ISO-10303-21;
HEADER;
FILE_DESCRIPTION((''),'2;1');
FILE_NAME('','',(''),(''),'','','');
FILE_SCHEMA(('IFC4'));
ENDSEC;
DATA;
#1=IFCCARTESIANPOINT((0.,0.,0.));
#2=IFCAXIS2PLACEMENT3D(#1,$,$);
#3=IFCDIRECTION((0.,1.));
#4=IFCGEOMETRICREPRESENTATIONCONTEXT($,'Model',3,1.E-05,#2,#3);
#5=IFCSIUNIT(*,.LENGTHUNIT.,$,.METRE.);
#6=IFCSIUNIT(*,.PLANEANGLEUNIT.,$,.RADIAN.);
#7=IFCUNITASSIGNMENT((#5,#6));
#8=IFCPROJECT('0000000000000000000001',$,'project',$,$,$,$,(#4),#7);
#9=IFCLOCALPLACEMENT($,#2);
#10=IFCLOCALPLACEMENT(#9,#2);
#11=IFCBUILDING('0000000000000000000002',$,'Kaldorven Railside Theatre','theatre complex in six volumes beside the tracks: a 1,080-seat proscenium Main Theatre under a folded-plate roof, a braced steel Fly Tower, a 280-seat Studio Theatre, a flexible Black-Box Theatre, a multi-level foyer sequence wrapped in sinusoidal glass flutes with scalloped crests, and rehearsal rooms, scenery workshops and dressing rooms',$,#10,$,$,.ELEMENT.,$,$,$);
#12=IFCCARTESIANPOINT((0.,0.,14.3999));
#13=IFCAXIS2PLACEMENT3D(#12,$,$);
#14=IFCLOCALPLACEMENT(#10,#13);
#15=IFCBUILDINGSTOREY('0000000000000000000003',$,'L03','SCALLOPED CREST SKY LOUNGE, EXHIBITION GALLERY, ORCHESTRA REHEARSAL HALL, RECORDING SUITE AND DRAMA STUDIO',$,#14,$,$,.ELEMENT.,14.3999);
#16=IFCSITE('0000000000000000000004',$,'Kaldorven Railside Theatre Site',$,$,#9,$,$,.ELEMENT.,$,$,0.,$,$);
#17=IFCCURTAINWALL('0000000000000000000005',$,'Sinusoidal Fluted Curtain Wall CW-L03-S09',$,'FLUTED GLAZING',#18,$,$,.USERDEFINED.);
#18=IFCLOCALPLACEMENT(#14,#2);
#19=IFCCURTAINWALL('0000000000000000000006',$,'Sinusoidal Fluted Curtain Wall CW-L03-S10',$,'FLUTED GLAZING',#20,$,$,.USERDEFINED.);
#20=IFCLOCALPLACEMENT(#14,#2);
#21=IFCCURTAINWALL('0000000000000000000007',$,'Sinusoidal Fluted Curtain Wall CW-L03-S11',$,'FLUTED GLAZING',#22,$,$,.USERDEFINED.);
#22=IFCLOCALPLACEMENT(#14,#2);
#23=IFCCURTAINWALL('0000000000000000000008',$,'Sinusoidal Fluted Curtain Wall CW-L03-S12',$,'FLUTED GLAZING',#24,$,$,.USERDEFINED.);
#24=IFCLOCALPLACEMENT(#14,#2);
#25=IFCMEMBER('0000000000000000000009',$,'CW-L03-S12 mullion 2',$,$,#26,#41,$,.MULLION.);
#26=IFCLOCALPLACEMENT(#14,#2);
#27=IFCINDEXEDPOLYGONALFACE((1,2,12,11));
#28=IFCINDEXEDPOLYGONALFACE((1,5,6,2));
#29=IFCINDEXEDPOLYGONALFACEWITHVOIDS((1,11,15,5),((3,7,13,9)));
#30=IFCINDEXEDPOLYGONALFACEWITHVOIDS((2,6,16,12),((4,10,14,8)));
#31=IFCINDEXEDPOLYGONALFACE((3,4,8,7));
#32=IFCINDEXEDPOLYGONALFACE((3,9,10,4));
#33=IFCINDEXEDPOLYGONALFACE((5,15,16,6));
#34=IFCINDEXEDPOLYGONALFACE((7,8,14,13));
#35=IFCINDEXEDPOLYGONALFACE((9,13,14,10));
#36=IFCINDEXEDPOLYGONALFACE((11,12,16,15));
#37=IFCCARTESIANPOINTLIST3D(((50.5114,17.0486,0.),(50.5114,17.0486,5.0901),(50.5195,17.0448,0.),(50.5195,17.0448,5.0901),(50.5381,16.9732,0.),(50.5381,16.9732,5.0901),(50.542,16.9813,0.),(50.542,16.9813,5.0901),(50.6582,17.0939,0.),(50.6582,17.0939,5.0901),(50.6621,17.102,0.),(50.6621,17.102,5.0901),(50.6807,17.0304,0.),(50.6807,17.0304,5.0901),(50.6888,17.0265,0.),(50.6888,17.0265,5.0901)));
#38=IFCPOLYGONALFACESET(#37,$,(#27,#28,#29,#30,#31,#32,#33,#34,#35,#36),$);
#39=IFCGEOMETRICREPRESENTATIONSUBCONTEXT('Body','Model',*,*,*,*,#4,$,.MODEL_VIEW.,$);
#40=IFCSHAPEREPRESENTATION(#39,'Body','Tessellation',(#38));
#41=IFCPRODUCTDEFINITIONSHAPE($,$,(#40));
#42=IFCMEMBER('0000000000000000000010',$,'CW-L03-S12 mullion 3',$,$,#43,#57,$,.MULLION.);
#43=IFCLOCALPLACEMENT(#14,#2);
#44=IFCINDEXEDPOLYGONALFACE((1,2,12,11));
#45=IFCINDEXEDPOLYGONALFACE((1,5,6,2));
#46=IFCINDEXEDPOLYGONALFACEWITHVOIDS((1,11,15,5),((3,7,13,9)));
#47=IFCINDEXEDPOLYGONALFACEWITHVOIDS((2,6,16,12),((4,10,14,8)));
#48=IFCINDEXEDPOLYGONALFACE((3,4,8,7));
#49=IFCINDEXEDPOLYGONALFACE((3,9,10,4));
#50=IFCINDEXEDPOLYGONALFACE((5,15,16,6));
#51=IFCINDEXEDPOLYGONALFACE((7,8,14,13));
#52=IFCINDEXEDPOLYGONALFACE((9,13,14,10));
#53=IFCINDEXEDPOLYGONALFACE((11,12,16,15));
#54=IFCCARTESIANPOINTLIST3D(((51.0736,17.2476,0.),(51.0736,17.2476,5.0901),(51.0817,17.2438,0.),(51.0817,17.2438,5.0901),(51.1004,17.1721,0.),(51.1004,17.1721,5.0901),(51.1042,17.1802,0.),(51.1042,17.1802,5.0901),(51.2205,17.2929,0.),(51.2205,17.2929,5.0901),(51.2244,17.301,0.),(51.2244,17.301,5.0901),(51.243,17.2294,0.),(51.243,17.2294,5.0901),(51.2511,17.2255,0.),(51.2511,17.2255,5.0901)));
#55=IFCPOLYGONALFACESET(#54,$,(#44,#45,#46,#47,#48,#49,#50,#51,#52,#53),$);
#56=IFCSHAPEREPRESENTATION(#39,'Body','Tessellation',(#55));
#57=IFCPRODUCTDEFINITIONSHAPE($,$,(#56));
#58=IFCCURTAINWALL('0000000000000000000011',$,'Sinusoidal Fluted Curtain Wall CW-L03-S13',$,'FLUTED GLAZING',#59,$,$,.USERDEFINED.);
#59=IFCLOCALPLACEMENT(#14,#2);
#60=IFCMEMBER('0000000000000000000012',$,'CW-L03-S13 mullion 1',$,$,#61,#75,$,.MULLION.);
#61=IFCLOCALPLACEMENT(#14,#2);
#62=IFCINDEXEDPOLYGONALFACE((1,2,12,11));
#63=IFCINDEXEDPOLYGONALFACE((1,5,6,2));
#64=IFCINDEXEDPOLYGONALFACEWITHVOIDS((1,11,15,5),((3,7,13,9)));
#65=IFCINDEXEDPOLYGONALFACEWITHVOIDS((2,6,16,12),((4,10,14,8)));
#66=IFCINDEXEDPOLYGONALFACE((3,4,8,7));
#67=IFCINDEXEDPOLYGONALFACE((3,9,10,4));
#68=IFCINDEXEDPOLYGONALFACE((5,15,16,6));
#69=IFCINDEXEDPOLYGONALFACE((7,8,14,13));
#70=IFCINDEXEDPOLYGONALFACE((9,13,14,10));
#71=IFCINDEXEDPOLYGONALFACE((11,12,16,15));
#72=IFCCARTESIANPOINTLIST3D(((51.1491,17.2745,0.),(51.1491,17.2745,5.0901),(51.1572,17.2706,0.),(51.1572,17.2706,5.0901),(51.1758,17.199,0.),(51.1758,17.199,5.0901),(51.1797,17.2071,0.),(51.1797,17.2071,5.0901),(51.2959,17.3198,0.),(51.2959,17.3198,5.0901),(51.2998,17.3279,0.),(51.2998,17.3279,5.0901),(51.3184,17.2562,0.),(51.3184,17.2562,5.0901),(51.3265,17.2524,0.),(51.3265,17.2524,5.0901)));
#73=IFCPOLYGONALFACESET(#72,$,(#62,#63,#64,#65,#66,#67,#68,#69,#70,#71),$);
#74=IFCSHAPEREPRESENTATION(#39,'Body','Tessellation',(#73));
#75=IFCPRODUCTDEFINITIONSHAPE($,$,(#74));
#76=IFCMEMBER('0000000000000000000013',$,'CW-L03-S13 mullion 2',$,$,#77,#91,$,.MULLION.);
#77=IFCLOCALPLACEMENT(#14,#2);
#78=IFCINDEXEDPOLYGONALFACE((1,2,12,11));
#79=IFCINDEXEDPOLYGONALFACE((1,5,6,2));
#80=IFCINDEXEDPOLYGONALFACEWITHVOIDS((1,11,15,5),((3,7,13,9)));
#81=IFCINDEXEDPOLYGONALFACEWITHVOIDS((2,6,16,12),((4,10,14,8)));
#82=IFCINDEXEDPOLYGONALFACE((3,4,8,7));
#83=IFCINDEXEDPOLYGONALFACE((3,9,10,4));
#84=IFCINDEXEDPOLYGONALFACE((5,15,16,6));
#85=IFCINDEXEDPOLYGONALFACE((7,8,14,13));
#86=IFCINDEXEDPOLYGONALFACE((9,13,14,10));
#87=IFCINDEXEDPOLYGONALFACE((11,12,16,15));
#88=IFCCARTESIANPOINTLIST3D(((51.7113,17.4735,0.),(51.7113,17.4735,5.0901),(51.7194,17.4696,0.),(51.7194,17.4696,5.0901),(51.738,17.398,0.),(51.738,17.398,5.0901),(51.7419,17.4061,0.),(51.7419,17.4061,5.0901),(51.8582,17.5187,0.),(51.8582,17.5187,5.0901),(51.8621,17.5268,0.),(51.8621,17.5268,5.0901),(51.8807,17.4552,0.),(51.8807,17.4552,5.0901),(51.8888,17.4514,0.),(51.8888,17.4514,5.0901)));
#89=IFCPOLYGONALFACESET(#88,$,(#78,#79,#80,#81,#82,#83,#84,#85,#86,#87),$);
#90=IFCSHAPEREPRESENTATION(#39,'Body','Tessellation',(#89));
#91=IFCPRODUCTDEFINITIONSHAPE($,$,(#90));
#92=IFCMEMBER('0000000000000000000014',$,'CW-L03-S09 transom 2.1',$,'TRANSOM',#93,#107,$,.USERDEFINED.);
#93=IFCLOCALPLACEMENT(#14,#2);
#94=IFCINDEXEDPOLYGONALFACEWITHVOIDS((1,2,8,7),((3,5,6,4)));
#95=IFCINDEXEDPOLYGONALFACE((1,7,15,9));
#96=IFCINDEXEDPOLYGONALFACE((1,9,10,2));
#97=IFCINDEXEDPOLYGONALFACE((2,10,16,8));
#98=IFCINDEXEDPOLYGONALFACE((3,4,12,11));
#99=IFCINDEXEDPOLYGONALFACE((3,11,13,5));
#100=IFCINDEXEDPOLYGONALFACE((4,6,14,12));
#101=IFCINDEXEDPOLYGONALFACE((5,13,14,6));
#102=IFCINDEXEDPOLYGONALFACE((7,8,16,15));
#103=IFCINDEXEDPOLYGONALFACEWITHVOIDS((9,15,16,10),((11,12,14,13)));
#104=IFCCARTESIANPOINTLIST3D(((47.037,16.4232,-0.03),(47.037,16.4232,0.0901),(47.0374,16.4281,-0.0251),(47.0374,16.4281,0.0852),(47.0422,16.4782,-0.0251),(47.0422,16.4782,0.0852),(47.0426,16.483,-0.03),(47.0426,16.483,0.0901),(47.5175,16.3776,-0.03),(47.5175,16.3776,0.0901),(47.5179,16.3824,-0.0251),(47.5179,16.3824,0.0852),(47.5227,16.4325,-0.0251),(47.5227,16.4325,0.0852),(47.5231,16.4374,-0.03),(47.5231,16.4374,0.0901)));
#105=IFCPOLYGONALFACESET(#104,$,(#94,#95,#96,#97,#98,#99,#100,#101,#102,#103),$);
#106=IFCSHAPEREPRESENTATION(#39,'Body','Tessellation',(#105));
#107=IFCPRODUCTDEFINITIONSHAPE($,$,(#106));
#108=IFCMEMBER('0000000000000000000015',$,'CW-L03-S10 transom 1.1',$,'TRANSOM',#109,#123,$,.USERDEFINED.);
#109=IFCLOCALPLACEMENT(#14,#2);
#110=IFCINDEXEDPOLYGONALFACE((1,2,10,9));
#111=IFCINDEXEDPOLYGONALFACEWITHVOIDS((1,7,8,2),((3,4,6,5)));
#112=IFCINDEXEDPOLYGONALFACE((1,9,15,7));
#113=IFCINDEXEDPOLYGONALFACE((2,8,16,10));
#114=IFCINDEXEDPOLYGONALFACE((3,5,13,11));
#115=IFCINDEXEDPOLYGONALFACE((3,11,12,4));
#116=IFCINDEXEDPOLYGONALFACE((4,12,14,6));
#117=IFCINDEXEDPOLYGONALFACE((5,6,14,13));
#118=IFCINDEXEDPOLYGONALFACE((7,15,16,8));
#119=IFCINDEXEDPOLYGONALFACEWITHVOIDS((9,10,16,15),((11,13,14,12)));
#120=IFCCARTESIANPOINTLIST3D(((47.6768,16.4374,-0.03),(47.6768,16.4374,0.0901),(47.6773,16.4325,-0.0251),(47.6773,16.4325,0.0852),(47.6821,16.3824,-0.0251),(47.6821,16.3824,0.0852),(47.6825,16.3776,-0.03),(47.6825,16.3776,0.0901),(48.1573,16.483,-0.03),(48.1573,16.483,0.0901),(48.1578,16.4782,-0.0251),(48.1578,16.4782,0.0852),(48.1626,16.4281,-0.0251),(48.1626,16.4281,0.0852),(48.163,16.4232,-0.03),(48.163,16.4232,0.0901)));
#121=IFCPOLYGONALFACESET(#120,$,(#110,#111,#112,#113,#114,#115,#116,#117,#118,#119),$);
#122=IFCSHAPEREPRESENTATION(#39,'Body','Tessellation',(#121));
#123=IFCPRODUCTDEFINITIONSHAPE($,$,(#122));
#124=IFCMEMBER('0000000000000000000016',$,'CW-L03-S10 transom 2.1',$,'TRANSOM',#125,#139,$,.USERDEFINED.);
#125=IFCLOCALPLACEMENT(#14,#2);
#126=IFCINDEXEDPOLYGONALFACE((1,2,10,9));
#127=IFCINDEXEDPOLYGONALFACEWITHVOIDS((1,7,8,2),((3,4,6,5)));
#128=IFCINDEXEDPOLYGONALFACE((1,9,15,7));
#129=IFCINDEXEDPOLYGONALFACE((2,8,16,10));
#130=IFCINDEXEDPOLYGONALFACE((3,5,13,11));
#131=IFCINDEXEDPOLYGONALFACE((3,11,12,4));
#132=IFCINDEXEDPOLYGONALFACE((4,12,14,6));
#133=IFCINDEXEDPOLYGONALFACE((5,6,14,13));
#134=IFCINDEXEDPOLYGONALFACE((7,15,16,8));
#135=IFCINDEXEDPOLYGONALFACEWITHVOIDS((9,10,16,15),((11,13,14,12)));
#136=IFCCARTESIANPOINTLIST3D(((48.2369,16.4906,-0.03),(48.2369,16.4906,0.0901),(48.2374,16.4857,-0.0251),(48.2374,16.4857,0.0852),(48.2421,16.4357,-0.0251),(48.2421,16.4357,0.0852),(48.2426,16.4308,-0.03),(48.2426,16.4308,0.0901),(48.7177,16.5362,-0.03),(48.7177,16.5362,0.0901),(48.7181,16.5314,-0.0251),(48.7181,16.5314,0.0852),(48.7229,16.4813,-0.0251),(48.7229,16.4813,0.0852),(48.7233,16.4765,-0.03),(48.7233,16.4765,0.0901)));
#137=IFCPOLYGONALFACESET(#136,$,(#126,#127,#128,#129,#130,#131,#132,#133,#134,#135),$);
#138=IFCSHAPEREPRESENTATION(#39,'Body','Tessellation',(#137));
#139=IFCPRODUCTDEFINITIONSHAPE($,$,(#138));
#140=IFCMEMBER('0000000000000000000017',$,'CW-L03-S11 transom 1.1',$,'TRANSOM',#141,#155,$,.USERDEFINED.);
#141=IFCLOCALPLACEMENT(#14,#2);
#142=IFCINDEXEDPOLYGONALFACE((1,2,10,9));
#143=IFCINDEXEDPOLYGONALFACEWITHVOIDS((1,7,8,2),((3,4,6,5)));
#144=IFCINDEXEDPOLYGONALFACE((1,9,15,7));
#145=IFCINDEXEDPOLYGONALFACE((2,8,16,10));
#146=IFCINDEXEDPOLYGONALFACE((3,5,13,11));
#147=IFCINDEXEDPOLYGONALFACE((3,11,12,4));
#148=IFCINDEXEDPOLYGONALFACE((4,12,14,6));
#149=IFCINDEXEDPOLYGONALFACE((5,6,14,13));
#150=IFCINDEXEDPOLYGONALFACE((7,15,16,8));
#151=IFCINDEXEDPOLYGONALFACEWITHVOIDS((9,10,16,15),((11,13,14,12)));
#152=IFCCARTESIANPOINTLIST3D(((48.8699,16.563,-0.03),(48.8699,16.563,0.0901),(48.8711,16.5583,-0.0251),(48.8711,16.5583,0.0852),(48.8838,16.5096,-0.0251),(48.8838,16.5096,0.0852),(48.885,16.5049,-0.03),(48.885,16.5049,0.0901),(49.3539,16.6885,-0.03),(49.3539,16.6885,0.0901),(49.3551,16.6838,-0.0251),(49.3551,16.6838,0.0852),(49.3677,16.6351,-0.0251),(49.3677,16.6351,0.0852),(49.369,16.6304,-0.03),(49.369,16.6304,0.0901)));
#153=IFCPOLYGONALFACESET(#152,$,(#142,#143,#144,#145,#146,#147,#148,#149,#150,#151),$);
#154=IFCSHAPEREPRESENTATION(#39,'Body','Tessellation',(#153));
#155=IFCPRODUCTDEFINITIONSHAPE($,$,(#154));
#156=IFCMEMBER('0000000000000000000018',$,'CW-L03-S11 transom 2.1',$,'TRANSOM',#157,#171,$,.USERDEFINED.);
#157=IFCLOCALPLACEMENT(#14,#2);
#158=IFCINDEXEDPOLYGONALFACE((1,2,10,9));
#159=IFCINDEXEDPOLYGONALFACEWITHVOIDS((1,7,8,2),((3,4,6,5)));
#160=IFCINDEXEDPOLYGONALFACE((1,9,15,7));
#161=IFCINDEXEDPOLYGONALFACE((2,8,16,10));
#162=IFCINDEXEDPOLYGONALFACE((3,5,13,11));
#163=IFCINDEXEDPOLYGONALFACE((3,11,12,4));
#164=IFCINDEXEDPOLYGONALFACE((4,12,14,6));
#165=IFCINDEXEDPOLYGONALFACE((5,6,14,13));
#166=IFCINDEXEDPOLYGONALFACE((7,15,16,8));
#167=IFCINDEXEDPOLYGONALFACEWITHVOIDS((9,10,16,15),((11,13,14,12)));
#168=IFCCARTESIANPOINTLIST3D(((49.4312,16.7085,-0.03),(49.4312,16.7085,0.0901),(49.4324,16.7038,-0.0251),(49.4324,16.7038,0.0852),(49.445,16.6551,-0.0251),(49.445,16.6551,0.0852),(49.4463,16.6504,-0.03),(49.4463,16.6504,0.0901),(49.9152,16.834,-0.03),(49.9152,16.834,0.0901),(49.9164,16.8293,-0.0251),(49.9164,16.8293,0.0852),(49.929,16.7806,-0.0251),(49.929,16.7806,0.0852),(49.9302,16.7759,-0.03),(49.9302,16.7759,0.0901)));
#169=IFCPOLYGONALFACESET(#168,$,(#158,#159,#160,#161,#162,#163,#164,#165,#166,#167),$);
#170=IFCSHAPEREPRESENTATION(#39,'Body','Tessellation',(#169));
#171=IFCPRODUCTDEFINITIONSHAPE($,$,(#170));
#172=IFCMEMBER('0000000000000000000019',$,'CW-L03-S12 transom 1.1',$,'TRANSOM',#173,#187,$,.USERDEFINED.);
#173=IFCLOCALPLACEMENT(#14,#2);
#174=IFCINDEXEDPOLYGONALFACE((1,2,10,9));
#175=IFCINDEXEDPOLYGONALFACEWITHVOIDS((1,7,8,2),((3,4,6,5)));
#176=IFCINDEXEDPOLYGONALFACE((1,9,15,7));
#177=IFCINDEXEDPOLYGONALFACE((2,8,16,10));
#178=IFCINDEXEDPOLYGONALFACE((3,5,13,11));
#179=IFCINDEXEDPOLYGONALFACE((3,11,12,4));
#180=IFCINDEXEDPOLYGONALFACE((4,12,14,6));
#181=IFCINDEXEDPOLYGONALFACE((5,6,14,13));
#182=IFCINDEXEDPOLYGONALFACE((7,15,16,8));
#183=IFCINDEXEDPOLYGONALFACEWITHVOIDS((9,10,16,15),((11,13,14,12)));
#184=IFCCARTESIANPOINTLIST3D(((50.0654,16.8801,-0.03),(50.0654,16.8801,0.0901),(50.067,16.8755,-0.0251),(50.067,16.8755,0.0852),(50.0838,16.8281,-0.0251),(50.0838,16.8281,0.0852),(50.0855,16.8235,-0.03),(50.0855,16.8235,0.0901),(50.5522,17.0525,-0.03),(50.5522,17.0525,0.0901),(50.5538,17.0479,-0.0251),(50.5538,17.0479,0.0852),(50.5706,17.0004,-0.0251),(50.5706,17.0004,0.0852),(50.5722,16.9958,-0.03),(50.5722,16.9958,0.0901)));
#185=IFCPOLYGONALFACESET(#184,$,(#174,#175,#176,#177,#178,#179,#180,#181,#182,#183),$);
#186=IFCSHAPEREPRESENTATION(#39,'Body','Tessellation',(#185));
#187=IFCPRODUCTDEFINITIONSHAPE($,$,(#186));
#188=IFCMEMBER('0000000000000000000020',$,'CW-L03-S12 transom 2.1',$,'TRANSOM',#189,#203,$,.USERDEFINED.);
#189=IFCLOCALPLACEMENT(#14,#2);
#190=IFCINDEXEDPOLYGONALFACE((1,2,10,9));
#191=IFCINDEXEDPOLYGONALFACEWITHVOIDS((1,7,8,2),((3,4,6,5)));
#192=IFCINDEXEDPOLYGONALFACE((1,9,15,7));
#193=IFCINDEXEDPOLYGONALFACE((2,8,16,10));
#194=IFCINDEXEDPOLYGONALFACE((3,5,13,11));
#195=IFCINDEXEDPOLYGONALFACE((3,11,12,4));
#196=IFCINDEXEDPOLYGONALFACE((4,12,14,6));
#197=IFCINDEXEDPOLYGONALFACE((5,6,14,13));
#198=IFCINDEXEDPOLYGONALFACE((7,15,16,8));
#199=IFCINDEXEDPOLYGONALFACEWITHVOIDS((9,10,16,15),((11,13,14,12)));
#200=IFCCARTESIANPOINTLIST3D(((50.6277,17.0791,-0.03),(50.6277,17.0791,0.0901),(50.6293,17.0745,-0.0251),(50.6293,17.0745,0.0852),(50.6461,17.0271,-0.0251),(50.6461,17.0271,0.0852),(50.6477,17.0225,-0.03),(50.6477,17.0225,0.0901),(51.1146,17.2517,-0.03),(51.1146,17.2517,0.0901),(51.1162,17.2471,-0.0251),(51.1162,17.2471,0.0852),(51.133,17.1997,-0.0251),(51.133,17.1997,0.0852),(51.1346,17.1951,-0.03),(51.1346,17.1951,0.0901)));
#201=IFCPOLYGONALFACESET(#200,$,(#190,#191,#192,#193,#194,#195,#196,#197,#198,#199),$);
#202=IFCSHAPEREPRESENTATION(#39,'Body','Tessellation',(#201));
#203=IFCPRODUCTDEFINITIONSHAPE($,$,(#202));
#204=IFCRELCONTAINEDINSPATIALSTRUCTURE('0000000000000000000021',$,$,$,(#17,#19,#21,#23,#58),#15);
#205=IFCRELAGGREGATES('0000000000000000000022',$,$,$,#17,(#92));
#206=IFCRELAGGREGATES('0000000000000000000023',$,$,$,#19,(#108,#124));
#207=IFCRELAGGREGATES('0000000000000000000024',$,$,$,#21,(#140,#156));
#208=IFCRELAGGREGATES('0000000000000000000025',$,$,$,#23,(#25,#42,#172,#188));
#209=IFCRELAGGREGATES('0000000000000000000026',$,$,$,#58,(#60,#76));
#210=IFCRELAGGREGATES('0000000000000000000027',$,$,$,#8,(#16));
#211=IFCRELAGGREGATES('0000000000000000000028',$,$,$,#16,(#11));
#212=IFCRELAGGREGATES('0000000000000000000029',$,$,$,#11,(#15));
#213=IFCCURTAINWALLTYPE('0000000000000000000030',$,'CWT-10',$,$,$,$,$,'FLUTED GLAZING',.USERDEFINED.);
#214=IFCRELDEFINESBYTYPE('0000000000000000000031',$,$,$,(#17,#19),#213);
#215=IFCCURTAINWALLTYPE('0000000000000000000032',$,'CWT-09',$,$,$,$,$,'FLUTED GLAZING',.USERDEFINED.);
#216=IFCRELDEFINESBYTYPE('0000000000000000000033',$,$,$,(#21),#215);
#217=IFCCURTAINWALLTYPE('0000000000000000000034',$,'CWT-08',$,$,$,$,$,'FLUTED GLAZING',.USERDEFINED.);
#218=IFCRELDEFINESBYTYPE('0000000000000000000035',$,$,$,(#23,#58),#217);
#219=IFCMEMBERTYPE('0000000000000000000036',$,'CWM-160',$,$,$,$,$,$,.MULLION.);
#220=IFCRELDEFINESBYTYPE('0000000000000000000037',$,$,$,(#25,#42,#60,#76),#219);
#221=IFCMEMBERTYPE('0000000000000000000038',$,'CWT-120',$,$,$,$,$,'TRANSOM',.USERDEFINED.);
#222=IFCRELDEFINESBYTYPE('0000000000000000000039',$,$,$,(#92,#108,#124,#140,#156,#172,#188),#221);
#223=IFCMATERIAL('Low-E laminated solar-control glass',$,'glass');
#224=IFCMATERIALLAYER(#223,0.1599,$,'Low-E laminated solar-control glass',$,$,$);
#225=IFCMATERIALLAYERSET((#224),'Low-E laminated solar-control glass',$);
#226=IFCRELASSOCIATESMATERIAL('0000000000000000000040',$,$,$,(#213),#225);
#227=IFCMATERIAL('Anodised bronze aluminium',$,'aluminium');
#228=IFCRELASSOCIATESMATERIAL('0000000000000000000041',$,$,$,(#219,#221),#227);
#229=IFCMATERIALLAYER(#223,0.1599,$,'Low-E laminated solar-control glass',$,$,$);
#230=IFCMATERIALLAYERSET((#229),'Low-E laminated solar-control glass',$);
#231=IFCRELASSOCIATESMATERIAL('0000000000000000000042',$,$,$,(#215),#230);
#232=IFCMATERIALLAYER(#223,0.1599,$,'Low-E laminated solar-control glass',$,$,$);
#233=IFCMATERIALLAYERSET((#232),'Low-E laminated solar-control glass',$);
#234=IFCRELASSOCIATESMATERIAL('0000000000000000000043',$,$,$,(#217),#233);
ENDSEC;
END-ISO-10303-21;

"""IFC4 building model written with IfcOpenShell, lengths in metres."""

from ifc_helpers import new_model, si_unit, direction, frame, origin, origin_2d, place, context, subcontext, project, spatial, hollow_rectangle, extrude, material, layer, layer_set, material_profile, profile_set, type_object, element, aggregate, save


model = new_model("IFC4")

# Units and contexts
model_context = context("Model", 3, precision=1e-05, world=origin(), true_north=direction((0.0, 1.0)))
body_context = subcontext(model_context, "Body", "Model", "MODEL_VIEW")
ifc_project = project(units=[si_unit("LENGTHUNIT", "METRE"), si_unit("PLANEANGLEUNIT", "RADIAN")], contexts=[model_context])

# Site, building, storey
site_placement = place(None, origin())
site = spatial("IfcSite", under=ifc_project, at=site_placement, Name="Kaldorven Railside Theatre Site", CompositionType="ELEMENT", RefElevation=0.0)
building_placement = place(site_placement, origin())
building = spatial("IfcBuilding", under=site, at=building_placement, Name="Kaldorven Railside Theatre", Description="theatre complex in six volumes beside the tracks: a 1,080-seat proscenium Main Theatre under a folded-plate roof, a braced steel Fly Tower, a 280-seat Studio Theatre, a flexible Black-Box Theatre, a multi-level foyer sequence wrapped in sinusoidal glass flutes with scalloped crests, and rehearsal rooms, scenery workshops and dressing rooms", CompositionType="ELEMENT")
storey_placement = place(building_placement, frame((0.0, 0.0, 14.3999)))
storey = spatial("IfcBuildingStorey", under=building, at=storey_placement, Name="L03", Description="SCALLOPED CREST SKY LOUNGE, EXHIBITION GALLERY, ORCHESTRA REHEARSAL HALL, RECORDING SUITE AND DRAMA STUDIO", CompositionType="ELEMENT", Elevation=14.3999)

# Curtain walls, members
ifc_material_1 = material(Name="Low-E laminated solar-control glass", Category="glass")
ifc_layer_1 = layer(ifc_material_1, 0.1599, Name="Low-E laminated solar-control glass")
ifc_layer_set_1 = layer_set([ifc_layer_1], Name="Low-E laminated solar-control glass")
curtain_wall_type_1 = type_object("IfcCurtainWallType", Name="CWT-10", ElementType="FLUTED GLAZING", PredefinedType="USERDEFINED", material=ifc_layer_set_1)
curtain_wall_1_placement = place(storey_placement, origin())
curtain_wall_1 = element("IfcCurtainWall", 1, at=curtain_wall_1_placement, inside=storey, type_object=curtain_wall_type_1, Name="Sinusoidal Fluted Curtain Wall CW-L03-S09", ObjectType="FLUTED GLAZING", PredefinedType="USERDEFINED")
ifc_material_2 = material(Name="Anodised bronze aluminium", Category="aluminium")
ifc_material_profile_1 = material_profile(ifc_material_2, hollow_rectangle(XDim=0.0801, YDim=0.1599, WallThickness=0.0063, at=origin_2d()), Name="RHS 160x80x6.3")
ifc_profile_set_1 = profile_set([ifc_material_profile_1], Name="Anodised bronze aluminium")
member_type_1 = type_object("IfcMemberType", Name="CWM-160", PredefinedType="MULLION", material=ifc_profile_set_1)
curtain_wall_2_placement = place(storey_placement, origin())
curtain_wall_2 = element("IfcCurtainWall", 2, at=curtain_wall_2_placement, inside=storey, type_object=curtain_wall_type_1, Name="Sinusoidal Fluted Curtain Wall CW-L03-S10", ObjectType="FLUTED GLAZING", PredefinedType="USERDEFINED")
ifc_layer_2 = layer(ifc_material_1, 0.1599, Name="Low-E laminated solar-control glass")
ifc_layer_set_2 = layer_set([ifc_layer_2], Name="Low-E laminated solar-control glass")
curtain_wall_type_2 = type_object("IfcCurtainWallType", Name="CWT-09", ElementType="FLUTED GLAZING", PredefinedType="USERDEFINED", material=ifc_layer_set_2)
curtain_wall_3_placement = place(storey_placement, origin())
curtain_wall_3 = element("IfcCurtainWall", 3, at=curtain_wall_3_placement, inside=storey, type_object=curtain_wall_type_2, Name="Sinusoidal Fluted Curtain Wall CW-L03-S11", ObjectType="FLUTED GLAZING", PredefinedType="USERDEFINED")
ifc_layer_3 = layer(ifc_material_1, 0.1599, Name="Low-E laminated solar-control glass")
ifc_layer_set_3 = layer_set([ifc_layer_3], Name="Low-E laminated solar-control glass")
curtain_wall_type_3 = type_object("IfcCurtainWallType", Name="CWT-08", ElementType="FLUTED GLAZING", PredefinedType="USERDEFINED", material=ifc_layer_set_3)
curtain_wall_4_placement = place(storey_placement, origin())
curtain_wall_4 = element("IfcCurtainWall", 4, at=curtain_wall_4_placement, inside=storey, type_object=curtain_wall_type_3, Name="Sinusoidal Fluted Curtain Wall CW-L03-S12", ObjectType="FLUTED GLAZING", PredefinedType="USERDEFINED")
member_1_placement = place(storey_placement, frame((50.6001, 17.0376, 0.0), z_axis=(0.0, 0.0, 1.0), x_axis=(-0.333847, 0.942627, 0.0)))
member_1 = element("IfcMember", 5, at=member_1_placement, type_object=member_type_1, Name="CW-L03-S12 mullion 2", PredefinedType="MULLION", context=body_context, shape_type="SweptSolid", body=[
    extrude(hollow_rectangle(XDim=0.0801, YDim=0.1599, WallThickness=0.0063, at=origin_2d()), origin(), (0.0, 0.0, 1.0), 5.0901),
])
member_2_placement = place(storey_placement, frame((51.1624, 17.2366, 0.0), z_axis=(0.0, 0.0, 1.0), x_axis=(-0.333847, 0.942627, 0.0)))
member_2 = element("IfcMember", 6, at=member_2_placement, type_object=member_type_1, Name="CW-L03-S12 mullion 3", PredefinedType="MULLION", context=body_context, shape_type="SweptSolid", body=[
    extrude(hollow_rectangle(XDim=0.0801, YDim=0.1599, WallThickness=0.0063, at=origin_2d()), origin(), (0.0, 0.0, 1.0), 5.0901),
])
curtain_wall_5_placement = place(storey_placement, origin())
curtain_wall_5 = element("IfcCurtainWall", 7, at=curtain_wall_5_placement, inside=storey, type_object=curtain_wall_type_3, Name="Sinusoidal Fluted Curtain Wall CW-L03-S13", ObjectType="FLUTED GLAZING", PredefinedType="USERDEFINED")
member_3_placement = place(storey_placement, frame((51.2378, 17.2634, 0.0), z_axis=(0.0, 0.0, 1.0), x_axis=(-0.333847, 0.942627, 0.0)))
member_3 = element("IfcMember", 8, at=member_3_placement, type_object=member_type_1, Name="CW-L03-S13 mullion 1", PredefinedType="MULLION", context=body_context, shape_type="SweptSolid", body=[
    extrude(hollow_rectangle(XDim=0.0801, YDim=0.1599, WallThickness=0.0063, at=origin_2d()), origin(), (0.0, 0.0, 1.0), 5.0901),
])
member_4_placement = place(storey_placement, frame((51.8, 17.4624, 0.0), z_axis=(0.0, 0.0, 1.0), x_axis=(-0.333847, 0.942627, 0.0)))
member_4 = element("IfcMember", 9, at=member_4_placement, type_object=member_type_1, Name="CW-L03-S13 mullion 2", PredefinedType="MULLION", context=body_context, shape_type="SweptSolid", body=[
    extrude(hollow_rectangle(XDim=0.0801, YDim=0.1599, WallThickness=0.0063, at=origin_2d()), origin(), (0.0, 0.0, 1.0), 5.0901),
])

# Members
ifc_material_profile_2 = material_profile(ifc_material_2, hollow_rectangle(XDim=0.0601, YDim=0.1201, WallThickness=0.0049, at=origin_2d()), Name="RHS 120x60x5")
ifc_profile_set_2 = profile_set([ifc_material_profile_2], Name="Anodised bronze aluminium")
member_type_2 = type_object("IfcMemberType", Name="CWT-120", ElementType="TRANSOM", PredefinedType="USERDEFINED", material=ifc_profile_set_2)
member_5_placement = place(storey_placement, frame((47.0398, 16.4531, 0.03), z_axis=(0.995516, -0.094594, 0.0), x_axis=(0.094594, 0.995516, 0.0)))
member_5 = element("IfcMember", 10, at=member_5_placement, type_object=member_type_2, Name="CW-L03-S09 transom 2.1", ObjectType="TRANSOM", PredefinedType="USERDEFINED", context=body_context, shape_type="SweptSolid", body=[
    extrude(hollow_rectangle(XDim=0.0601, YDim=0.1201, WallThickness=0.0049, at=origin_2d()), origin(), (0.0, 0.0, 1.0), 0.4827),
])
member_6_placement = place(storey_placement, frame((47.6797, 16.4075, 0.03), z_axis=(0.995516, 0.094594, 0.0), x_axis=(-0.094594, 0.995516, 0.0)))
member_6 = element("IfcMember", 11, at=member_6_placement, type_object=member_type_2, Name="CW-L03-S10 transom 1.1", ObjectType="TRANSOM", PredefinedType="USERDEFINED", context=body_context, shape_type="SweptSolid", body=[
    extrude(hollow_rectangle(XDim=0.0601, YDim=0.1201, WallThickness=0.0049, at=origin_2d()), origin(), (0.0, 0.0, 1.0), 0.4827),
])
member_7_placement = place(storey_placement, frame((48.2397, 16.4607, 0.03), z_axis=(0.99552, 0.094547, 0.0), x_axis=(-0.094547, 0.99552, 0.0)))
member_7 = element("IfcMember", 12, at=member_7_placement, type_object=member_type_2, Name="CW-L03-S10 transom 2.1", ObjectType="TRANSOM", PredefinedType="USERDEFINED", context=body_context, shape_type="SweptSolid", body=[
    extrude(hollow_rectangle(XDim=0.0601, YDim=0.1201, WallThickness=0.0049, at=origin_2d()), origin(), (0.0, 0.0, 1.0), 0.4829),
])
member_8_placement = place(storey_placement, frame((48.8774, 16.5339, 0.03), z_axis=(0.967979, 0.25103, 0.0), x_axis=(-0.25103, 0.967979, 0.0)))
member_8 = element("IfcMember", 13, at=member_8_placement, type_object=member_type_2, Name="CW-L03-S11 transom 1.1", ObjectType="TRANSOM", PredefinedType="USERDEFINED", context=body_context, shape_type="SweptSolid", body=[
    extrude(hollow_rectangle(XDim=0.0601, YDim=0.1201, WallThickness=0.0049, at=origin_2d()), origin(), (0.0, 0.0, 1.0), 0.5),
])
member_9_placement = place(storey_placement, frame((49.4387, 16.6794, 0.03), z_axis=(0.967979, 0.25103, 0.0), x_axis=(-0.25103, 0.967979, 0.0)))
member_9 = element("IfcMember", 14, at=member_9_placement, type_object=member_type_2, Name="CW-L03-S11 transom 2.1", ObjectType="TRANSOM", PredefinedType="USERDEFINED", context=body_context, shape_type="SweptSolid", body=[
    extrude(hollow_rectangle(XDim=0.0601, YDim=0.1201, WallThickness=0.0049, at=origin_2d()), origin(), (0.0, 0.0, 1.0), 0.5),
])
member_10_placement = place(storey_placement, frame((50.0754, 16.8518, 0.03), z_axis=(0.942658, 0.33376, 0.0), x_axis=(-0.33376, 0.942658, 0.0)))
member_10 = element("IfcMember", 15, at=member_10_placement, type_object=member_type_2, Name="CW-L03-S12 transom 1.1", ObjectType="TRANSOM", PredefinedType="USERDEFINED", context=body_context, shape_type="SweptSolid", body=[
    extrude(hollow_rectangle(XDim=0.0601, YDim=0.1201, WallThickness=0.0049, at=origin_2d()), origin(), (0.0, 0.0, 1.0), 0.5164),
])
member_11_placement = place(storey_placement, frame((50.6377, 17.0508, 0.03), z_axis=(0.942509, 0.33418, 0.0), x_axis=(-0.33418, 0.942509, 0.0)))
member_11 = element("IfcMember", 16, at=member_11_placement, type_object=member_type_2, Name="CW-L03-S12 transom 2.1", ObjectType="TRANSOM", PredefinedType="USERDEFINED", context=body_context, shape_type="SweptSolid", body=[
    extrude(hollow_rectangle(XDim=0.0601, YDim=0.1201, WallThickness=0.0049, at=origin_2d()), origin(), (0.0, 0.0, 1.0), 0.5166),
])

aggregate(curtain_wall_1, [member_5])
aggregate(curtain_wall_2, [member_6, member_7])
aggregate(curtain_wall_3, [member_8, member_9])
aggregate(curtain_wall_4, [member_1, member_2, member_10, member_11])
aggregate(curtain_wall_5, [member_3, member_4])

save(model, "model.ifc")
